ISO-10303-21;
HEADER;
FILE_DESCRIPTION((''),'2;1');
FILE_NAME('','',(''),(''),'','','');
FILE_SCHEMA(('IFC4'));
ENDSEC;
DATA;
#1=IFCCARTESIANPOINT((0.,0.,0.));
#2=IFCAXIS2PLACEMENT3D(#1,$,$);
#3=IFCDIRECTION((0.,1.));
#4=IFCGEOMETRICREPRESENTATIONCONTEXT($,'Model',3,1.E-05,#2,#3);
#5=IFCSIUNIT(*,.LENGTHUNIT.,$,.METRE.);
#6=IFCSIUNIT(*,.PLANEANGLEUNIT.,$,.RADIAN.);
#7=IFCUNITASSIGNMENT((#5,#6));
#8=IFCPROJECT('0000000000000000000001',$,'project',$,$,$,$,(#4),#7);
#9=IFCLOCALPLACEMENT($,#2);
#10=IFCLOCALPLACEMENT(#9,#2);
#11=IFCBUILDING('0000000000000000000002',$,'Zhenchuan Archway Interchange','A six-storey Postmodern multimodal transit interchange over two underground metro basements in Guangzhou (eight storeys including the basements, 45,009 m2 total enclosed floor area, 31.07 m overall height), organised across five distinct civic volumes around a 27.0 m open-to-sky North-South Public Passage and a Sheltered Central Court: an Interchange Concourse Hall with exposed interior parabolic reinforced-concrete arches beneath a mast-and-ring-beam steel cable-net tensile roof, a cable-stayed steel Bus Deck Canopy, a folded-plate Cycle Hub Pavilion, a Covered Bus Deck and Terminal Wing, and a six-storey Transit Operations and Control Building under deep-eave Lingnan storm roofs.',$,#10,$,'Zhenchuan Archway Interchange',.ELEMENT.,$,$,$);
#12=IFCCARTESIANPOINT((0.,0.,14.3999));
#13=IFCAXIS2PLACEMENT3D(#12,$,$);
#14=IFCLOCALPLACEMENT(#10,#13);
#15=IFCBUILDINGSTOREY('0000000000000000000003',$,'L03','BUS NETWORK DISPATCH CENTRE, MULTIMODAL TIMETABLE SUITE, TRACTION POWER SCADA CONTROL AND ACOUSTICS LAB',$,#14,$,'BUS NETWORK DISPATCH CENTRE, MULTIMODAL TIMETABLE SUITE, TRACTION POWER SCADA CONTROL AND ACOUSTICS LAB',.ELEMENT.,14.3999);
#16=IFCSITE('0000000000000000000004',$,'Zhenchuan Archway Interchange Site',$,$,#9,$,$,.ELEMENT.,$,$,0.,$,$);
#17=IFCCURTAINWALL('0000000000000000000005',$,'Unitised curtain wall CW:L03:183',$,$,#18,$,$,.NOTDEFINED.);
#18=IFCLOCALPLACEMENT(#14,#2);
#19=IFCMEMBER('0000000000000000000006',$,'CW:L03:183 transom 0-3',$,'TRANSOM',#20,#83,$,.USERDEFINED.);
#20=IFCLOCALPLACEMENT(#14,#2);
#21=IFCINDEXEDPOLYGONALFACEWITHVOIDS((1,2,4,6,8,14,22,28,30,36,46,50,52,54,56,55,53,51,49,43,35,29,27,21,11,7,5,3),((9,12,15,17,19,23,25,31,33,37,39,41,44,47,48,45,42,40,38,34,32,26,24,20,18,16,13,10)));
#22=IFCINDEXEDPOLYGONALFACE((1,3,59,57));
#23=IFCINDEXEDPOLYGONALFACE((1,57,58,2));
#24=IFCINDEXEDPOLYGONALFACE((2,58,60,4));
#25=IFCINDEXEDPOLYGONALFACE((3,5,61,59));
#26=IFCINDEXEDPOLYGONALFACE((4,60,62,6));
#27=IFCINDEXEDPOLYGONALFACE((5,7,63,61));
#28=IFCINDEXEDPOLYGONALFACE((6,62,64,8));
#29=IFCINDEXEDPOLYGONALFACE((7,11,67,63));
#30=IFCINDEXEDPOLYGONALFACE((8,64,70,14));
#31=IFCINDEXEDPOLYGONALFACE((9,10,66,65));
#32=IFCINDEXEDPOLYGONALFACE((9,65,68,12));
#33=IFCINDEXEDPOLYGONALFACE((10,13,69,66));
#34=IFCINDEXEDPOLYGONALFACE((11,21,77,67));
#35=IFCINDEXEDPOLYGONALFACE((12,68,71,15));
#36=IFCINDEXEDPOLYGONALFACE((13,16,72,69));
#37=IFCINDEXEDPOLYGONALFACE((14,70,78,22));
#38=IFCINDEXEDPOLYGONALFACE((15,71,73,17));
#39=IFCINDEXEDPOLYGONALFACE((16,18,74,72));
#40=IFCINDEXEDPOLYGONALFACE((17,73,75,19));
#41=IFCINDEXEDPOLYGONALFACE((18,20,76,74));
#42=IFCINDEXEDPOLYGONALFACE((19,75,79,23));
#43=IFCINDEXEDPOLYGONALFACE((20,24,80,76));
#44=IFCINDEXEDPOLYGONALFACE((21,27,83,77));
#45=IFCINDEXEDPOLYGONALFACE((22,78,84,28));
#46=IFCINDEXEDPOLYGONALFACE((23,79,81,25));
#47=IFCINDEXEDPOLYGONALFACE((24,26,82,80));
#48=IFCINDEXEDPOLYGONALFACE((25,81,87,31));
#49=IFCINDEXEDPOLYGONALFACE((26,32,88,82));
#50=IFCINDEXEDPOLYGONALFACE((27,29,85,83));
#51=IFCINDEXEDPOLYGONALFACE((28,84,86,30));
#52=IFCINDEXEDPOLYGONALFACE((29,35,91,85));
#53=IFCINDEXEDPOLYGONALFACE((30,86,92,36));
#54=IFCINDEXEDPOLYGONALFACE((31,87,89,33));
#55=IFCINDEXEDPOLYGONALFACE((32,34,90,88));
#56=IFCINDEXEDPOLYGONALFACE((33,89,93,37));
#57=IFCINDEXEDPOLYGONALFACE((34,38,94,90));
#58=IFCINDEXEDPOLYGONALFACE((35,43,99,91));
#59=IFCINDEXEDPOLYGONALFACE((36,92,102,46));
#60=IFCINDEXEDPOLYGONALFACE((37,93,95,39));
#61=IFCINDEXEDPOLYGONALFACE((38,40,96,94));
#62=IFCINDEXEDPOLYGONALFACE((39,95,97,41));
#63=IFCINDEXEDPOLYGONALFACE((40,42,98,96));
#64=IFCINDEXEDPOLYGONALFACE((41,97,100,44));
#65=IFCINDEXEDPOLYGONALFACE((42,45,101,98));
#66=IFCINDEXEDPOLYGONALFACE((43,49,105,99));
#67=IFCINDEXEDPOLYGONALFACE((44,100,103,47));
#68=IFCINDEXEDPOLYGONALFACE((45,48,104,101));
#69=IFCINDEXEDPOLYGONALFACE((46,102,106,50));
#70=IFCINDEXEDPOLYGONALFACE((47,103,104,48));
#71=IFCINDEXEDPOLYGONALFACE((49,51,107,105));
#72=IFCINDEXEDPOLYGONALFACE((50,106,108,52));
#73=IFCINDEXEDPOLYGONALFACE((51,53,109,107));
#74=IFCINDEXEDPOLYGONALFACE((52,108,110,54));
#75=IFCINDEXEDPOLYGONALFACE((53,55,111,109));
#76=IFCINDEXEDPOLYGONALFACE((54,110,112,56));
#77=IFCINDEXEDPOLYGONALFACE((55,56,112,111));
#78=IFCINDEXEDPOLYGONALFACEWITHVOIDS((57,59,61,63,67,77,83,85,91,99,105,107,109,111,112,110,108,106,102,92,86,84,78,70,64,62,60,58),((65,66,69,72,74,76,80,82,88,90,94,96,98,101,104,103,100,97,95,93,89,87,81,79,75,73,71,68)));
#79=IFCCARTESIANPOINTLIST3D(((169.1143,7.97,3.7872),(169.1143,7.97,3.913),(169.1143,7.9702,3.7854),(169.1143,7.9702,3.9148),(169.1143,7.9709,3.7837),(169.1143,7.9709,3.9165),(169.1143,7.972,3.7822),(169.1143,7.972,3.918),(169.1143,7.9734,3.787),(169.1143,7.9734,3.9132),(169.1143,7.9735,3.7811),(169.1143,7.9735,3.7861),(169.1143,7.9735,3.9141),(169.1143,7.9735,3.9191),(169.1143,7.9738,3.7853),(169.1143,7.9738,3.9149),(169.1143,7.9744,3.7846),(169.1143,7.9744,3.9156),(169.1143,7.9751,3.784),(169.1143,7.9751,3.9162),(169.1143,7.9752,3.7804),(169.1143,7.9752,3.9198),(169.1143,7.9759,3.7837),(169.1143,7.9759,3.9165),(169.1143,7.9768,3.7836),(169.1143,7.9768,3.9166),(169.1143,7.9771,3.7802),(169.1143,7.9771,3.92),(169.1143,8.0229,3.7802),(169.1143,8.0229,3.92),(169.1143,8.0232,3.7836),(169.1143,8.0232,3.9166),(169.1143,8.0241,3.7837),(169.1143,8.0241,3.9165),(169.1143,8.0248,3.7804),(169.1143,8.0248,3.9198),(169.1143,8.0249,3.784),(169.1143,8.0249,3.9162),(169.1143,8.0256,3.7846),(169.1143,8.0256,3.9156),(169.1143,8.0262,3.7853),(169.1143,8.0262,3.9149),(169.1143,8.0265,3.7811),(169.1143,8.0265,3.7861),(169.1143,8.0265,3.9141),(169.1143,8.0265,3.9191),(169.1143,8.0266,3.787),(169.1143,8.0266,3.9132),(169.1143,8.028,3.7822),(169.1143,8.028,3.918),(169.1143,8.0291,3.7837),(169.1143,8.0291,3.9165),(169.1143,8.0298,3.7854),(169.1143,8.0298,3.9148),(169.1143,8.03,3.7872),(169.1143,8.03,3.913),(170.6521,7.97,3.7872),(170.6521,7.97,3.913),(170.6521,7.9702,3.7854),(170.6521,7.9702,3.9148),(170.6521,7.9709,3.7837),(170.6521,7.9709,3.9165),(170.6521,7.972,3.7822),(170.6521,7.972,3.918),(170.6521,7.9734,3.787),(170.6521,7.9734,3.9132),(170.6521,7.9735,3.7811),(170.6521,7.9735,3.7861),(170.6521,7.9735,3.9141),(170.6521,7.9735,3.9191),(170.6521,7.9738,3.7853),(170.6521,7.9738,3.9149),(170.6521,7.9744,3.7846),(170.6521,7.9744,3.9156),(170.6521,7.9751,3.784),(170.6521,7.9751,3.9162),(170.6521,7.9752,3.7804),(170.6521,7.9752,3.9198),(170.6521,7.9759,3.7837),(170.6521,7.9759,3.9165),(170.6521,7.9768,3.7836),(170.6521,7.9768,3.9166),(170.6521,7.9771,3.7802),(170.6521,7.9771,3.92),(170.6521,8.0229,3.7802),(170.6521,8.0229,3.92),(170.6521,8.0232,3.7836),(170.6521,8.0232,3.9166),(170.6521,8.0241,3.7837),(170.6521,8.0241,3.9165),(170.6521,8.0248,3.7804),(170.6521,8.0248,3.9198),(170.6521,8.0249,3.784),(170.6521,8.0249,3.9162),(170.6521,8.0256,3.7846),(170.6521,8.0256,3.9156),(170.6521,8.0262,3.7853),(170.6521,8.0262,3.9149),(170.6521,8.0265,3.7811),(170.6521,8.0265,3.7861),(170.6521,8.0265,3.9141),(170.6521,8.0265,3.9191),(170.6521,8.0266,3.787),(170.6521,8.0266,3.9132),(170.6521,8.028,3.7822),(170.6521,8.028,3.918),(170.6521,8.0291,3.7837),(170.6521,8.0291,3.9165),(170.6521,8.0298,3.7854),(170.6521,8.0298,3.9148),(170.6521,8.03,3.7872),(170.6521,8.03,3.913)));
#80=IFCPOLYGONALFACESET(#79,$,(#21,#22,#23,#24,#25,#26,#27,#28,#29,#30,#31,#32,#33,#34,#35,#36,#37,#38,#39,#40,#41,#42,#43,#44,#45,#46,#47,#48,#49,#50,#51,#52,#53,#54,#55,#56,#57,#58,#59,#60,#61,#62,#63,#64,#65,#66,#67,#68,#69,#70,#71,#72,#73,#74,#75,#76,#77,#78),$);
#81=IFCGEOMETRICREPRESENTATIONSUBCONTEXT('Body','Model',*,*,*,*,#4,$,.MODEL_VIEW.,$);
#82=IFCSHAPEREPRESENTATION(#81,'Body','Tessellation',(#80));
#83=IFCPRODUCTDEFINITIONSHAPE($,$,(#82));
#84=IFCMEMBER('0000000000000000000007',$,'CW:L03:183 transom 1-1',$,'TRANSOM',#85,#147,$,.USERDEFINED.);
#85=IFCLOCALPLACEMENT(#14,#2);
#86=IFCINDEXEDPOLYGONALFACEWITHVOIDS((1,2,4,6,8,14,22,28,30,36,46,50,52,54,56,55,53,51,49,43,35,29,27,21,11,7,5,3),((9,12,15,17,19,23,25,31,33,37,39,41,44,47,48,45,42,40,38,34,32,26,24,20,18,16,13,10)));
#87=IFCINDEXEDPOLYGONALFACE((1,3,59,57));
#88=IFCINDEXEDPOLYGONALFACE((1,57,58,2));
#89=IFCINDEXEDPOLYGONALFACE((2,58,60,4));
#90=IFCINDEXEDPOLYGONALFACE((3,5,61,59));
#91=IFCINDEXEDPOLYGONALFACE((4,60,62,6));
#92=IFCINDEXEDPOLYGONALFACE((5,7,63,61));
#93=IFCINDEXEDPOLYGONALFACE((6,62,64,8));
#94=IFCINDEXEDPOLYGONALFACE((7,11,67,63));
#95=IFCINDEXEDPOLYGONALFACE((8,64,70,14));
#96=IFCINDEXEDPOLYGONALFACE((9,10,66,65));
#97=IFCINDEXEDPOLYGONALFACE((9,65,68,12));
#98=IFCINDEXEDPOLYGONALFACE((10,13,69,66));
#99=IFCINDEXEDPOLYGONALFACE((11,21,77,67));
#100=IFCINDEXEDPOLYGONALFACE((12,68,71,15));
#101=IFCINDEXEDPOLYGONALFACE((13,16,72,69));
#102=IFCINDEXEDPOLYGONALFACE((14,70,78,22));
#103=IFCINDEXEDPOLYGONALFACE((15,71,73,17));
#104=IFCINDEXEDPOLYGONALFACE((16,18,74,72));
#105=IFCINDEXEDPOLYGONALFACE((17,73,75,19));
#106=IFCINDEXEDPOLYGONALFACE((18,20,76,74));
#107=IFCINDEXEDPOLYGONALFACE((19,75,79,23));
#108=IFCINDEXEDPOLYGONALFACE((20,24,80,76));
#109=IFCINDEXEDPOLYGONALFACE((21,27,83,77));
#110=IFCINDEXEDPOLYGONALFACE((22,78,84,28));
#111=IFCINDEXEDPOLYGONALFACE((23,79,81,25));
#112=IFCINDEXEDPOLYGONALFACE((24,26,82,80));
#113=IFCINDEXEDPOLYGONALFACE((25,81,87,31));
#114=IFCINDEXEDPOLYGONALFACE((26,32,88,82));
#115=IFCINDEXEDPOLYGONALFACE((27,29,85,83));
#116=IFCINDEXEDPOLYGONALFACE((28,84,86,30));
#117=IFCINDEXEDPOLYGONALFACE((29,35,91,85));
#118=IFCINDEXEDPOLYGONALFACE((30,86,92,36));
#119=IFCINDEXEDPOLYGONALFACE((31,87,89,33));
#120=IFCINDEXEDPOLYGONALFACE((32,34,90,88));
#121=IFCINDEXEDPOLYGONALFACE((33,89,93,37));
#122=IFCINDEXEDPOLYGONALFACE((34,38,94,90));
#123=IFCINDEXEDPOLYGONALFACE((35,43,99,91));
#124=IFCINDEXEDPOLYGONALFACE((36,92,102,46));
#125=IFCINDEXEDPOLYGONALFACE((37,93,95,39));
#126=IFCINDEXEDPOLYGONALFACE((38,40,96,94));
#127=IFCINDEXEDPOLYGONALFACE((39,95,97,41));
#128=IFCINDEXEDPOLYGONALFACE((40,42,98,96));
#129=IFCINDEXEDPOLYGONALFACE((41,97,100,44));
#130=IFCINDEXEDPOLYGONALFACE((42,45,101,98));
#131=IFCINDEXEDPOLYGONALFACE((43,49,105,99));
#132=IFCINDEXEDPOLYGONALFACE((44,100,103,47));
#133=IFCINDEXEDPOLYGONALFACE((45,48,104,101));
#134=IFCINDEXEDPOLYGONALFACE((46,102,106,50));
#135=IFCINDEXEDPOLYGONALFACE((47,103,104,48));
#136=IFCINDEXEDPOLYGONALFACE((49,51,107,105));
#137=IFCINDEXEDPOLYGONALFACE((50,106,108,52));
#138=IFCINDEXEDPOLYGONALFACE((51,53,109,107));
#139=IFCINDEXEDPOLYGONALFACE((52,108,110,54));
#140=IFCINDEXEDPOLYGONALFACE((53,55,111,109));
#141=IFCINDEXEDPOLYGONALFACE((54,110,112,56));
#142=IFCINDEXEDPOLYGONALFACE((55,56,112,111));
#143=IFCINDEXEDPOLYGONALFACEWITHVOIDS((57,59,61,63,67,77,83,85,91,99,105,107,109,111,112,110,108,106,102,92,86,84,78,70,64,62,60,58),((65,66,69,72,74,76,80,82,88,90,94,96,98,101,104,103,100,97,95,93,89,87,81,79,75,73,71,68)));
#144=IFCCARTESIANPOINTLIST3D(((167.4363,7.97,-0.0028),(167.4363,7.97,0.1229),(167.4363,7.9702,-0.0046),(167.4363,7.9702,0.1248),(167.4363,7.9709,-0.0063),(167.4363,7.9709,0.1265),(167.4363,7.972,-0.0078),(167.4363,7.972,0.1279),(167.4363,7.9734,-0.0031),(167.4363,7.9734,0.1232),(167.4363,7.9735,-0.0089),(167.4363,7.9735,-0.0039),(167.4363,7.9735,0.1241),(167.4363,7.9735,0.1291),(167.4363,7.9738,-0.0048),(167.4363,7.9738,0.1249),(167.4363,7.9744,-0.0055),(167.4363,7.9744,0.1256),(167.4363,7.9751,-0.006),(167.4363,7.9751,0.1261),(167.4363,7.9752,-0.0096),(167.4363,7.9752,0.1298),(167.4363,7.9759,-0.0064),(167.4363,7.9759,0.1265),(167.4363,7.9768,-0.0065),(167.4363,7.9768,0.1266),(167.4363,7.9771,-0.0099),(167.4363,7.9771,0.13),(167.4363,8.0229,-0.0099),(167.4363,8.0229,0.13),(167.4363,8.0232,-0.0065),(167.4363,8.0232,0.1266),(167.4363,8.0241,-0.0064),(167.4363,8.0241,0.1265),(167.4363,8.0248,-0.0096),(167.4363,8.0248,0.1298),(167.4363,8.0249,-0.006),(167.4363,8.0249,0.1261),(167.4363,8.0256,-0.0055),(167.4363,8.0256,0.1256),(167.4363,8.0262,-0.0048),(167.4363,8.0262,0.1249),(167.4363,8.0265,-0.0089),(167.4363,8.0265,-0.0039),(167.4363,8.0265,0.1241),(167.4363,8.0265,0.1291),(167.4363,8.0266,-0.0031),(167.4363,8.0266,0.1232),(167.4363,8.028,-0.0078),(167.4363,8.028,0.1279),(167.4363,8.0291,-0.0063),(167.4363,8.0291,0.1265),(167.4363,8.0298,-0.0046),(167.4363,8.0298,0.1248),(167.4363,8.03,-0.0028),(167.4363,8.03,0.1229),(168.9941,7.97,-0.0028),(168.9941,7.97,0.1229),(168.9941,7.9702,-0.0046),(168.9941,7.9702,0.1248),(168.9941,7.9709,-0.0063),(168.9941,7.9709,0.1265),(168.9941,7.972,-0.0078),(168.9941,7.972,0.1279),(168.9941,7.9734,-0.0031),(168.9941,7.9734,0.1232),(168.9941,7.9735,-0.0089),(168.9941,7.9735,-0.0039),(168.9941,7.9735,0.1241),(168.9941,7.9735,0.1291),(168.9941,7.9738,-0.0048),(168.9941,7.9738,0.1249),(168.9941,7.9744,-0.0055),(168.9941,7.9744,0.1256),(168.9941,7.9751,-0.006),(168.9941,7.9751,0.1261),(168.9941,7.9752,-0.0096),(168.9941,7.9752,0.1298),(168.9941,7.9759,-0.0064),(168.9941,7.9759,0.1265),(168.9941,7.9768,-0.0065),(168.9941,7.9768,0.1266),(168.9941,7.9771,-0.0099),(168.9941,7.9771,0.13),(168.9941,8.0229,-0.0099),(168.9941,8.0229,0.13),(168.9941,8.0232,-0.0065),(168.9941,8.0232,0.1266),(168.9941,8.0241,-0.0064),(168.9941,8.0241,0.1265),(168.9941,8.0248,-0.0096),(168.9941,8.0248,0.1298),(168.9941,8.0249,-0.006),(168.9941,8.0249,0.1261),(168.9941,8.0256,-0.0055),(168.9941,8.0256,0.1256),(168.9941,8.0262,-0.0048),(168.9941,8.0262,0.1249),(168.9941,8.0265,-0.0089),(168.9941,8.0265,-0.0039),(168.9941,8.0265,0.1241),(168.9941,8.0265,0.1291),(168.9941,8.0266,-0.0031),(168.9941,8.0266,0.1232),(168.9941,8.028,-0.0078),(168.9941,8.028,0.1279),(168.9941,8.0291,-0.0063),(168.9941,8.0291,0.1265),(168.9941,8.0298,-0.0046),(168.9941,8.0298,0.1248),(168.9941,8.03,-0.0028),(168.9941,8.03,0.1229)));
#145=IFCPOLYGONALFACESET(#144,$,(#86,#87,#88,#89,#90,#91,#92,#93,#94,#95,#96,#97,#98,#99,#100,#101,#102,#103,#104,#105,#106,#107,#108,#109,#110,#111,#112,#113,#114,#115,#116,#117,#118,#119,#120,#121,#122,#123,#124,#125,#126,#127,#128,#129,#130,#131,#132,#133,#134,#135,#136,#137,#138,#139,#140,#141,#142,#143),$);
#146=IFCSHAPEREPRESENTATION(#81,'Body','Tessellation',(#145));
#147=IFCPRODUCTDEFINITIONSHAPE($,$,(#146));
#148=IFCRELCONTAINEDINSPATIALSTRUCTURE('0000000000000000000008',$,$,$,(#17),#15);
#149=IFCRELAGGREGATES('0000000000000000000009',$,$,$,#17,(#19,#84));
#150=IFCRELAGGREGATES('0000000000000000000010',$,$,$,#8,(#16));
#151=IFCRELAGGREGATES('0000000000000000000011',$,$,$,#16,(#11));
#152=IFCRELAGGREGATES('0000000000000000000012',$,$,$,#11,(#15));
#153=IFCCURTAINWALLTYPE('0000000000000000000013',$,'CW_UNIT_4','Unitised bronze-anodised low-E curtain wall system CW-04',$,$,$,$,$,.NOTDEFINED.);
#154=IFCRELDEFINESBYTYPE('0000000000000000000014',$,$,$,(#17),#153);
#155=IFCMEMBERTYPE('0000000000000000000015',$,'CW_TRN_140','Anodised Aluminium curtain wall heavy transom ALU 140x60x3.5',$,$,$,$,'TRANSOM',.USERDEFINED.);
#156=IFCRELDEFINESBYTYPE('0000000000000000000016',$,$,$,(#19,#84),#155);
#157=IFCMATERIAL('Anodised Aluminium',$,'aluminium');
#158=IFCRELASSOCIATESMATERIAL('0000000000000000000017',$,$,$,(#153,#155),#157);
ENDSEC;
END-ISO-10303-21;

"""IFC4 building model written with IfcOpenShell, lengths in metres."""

from ifc_helpers import new_model, si_unit, direction, frame, origin, origin_2d, place, context, subcontext, project, spatial, hollow_rectangle, extrude, material, material_profile, profile_set, type_object, element, aggregate, save


model = new_model("IFC4")

# Units and contexts
model_context = context("Model", 3, precision=1e-05, world=origin(), true_north=direction((0.0, 1.0)))
body_context = subcontext(model_context, "Body", "Model", "MODEL_VIEW")
ifc_project = project(units=[si_unit("LENGTHUNIT", "METRE"), si_unit("PLANEANGLEUNIT", "RADIAN")], contexts=[model_context])

# Site, building, storey
site_placement = place(None, origin())
site = spatial("IfcSite", under=ifc_project, at=site_placement, Name="Zhenchuan Archway Interchange Site", CompositionType="ELEMENT", RefElevation=0.0)
building_placement = place(site_placement, origin())
building = spatial("IfcBuilding", under=site, at=building_placement, Name="Zhenchuan Archway Interchange", Description="A six-storey Postmodern multimodal transit interchange over two underground metro basements in Guangzhou (eight storeys including the basements, 45,009 m2 total enclosed floor area, 31.07 m overall height), organised across five distinct civic volumes around a 27.0 m open-to-sky North-South Public Passage and a Sheltered Central Court: an Interchange Concourse Hall with exposed interior parabolic reinforced-concrete arches beneath a mast-and-ring-beam steel cable-net tensile roof, a cable-stayed steel Bus Deck Canopy, a folded-plate Cycle Hub Pavilion, a Covered Bus Deck and Terminal Wing, and a six-storey Transit Operations and Control Building under deep-eave Lingnan storm roofs.", LongName="Zhenchuan Archway Interchange", CompositionType="ELEMENT")
storey_placement = place(building_placement, frame((0.0, 0.0, 14.3999)))
storey = spatial("IfcBuildingStorey", under=building, at=storey_placement, Name="L03", Description="BUS NETWORK DISPATCH CENTRE, MULTIMODAL TIMETABLE SUITE, TRACTION POWER SCADA CONTROL AND ACOUSTICS LAB", LongName="BUS NETWORK DISPATCH CENTRE, MULTIMODAL TIMETABLE SUITE, TRACTION POWER SCADA CONTROL AND ACOUSTICS LAB", CompositionType="ELEMENT", Elevation=14.3999)

# Curtain wall, members
ifc_material_1 = material(Name="Anodised Aluminium", Category="aluminium")
curtain_wall_type = type_object("IfcCurtainWallType", Name="CW_UNIT_4", Description="Unitised bronze-anodised low-E curtain wall system CW-04", PredefinedType="NOTDEFINED", material=ifc_material_1)
curtain_wall_placement = place(storey_placement, origin())
curtain_wall = element("IfcCurtainWall", 1, at=curtain_wall_placement, inside=storey, type_object=curtain_wall_type, Name="Unitised curtain wall CW:L03:183", PredefinedType="NOTDEFINED")
ifc_material_profile_1 = material_profile(ifc_material_1, hollow_rectangle(XDim=0.0601, YDim=0.1399, WallThickness=0.0034, InnerFilletRadius=0.0034, OuterFilletRadius=0.0071, at=origin_2d()), Name="ALU 140x60x3.5")
ifc_profile_set_1 = profile_set([ifc_material_profile_1], Name="Anodised Aluminium")
member_type_1 = type_object("IfcMemberType", Name="CW_TRN_140", Description="Anodised Aluminium curtain wall heavy transom ALU 140x60x3.5", ElementType="TRANSOM", PredefinedType="USERDEFINED", material=ifc_profile_set_1)
member_1_placement = place(storey_placement, frame((170.6521, 8.0, 3.8501), z_axis=(-1.0, 0.0, 0.0), x_axis=(0.0, -1.0, 0.0)))
member_1 = element("IfcMember", 2, at=member_1_placement, type_object=member_type_1, Name="CW:L03:183 transom 0-3", ObjectType="TRANSOM", PredefinedType="USERDEFINED", context=body_context, shape_type="SweptSolid", body=[
    extrude(hollow_rectangle(XDim=0.0601, YDim=0.1399, WallThickness=0.0034, InnerFilletRadius=0.0034, OuterFilletRadius=0.0071, at=origin_2d()), origin(), (0.0, 0.0, 1.0), 1.5378),
])
member_2_placement = place(storey_placement, frame((168.9941, 8.0, 0.0601), z_axis=(-1.0, 0.0, 0.0), x_axis=(0.0, -1.0, 0.0)))
member_2 = element("IfcMember", 3, at=member_2_placement, type_object=member_type_1, Name="CW:L03:183 transom 1-1", ObjectType="TRANSOM", PredefinedType="USERDEFINED", context=body_context, shape_type="SweptSolid", body=[
    extrude(hollow_rectangle(XDim=0.0601, YDim=0.1399, WallThickness=0.0034, InnerFilletRadius=0.0034, OuterFilletRadius=0.0071, at=origin_2d()), origin(), (0.0, 0.0, 1.0), 1.5579),
])

aggregate(curtain_wall, [member_1, member_2])

save(model, "model.ifc")
